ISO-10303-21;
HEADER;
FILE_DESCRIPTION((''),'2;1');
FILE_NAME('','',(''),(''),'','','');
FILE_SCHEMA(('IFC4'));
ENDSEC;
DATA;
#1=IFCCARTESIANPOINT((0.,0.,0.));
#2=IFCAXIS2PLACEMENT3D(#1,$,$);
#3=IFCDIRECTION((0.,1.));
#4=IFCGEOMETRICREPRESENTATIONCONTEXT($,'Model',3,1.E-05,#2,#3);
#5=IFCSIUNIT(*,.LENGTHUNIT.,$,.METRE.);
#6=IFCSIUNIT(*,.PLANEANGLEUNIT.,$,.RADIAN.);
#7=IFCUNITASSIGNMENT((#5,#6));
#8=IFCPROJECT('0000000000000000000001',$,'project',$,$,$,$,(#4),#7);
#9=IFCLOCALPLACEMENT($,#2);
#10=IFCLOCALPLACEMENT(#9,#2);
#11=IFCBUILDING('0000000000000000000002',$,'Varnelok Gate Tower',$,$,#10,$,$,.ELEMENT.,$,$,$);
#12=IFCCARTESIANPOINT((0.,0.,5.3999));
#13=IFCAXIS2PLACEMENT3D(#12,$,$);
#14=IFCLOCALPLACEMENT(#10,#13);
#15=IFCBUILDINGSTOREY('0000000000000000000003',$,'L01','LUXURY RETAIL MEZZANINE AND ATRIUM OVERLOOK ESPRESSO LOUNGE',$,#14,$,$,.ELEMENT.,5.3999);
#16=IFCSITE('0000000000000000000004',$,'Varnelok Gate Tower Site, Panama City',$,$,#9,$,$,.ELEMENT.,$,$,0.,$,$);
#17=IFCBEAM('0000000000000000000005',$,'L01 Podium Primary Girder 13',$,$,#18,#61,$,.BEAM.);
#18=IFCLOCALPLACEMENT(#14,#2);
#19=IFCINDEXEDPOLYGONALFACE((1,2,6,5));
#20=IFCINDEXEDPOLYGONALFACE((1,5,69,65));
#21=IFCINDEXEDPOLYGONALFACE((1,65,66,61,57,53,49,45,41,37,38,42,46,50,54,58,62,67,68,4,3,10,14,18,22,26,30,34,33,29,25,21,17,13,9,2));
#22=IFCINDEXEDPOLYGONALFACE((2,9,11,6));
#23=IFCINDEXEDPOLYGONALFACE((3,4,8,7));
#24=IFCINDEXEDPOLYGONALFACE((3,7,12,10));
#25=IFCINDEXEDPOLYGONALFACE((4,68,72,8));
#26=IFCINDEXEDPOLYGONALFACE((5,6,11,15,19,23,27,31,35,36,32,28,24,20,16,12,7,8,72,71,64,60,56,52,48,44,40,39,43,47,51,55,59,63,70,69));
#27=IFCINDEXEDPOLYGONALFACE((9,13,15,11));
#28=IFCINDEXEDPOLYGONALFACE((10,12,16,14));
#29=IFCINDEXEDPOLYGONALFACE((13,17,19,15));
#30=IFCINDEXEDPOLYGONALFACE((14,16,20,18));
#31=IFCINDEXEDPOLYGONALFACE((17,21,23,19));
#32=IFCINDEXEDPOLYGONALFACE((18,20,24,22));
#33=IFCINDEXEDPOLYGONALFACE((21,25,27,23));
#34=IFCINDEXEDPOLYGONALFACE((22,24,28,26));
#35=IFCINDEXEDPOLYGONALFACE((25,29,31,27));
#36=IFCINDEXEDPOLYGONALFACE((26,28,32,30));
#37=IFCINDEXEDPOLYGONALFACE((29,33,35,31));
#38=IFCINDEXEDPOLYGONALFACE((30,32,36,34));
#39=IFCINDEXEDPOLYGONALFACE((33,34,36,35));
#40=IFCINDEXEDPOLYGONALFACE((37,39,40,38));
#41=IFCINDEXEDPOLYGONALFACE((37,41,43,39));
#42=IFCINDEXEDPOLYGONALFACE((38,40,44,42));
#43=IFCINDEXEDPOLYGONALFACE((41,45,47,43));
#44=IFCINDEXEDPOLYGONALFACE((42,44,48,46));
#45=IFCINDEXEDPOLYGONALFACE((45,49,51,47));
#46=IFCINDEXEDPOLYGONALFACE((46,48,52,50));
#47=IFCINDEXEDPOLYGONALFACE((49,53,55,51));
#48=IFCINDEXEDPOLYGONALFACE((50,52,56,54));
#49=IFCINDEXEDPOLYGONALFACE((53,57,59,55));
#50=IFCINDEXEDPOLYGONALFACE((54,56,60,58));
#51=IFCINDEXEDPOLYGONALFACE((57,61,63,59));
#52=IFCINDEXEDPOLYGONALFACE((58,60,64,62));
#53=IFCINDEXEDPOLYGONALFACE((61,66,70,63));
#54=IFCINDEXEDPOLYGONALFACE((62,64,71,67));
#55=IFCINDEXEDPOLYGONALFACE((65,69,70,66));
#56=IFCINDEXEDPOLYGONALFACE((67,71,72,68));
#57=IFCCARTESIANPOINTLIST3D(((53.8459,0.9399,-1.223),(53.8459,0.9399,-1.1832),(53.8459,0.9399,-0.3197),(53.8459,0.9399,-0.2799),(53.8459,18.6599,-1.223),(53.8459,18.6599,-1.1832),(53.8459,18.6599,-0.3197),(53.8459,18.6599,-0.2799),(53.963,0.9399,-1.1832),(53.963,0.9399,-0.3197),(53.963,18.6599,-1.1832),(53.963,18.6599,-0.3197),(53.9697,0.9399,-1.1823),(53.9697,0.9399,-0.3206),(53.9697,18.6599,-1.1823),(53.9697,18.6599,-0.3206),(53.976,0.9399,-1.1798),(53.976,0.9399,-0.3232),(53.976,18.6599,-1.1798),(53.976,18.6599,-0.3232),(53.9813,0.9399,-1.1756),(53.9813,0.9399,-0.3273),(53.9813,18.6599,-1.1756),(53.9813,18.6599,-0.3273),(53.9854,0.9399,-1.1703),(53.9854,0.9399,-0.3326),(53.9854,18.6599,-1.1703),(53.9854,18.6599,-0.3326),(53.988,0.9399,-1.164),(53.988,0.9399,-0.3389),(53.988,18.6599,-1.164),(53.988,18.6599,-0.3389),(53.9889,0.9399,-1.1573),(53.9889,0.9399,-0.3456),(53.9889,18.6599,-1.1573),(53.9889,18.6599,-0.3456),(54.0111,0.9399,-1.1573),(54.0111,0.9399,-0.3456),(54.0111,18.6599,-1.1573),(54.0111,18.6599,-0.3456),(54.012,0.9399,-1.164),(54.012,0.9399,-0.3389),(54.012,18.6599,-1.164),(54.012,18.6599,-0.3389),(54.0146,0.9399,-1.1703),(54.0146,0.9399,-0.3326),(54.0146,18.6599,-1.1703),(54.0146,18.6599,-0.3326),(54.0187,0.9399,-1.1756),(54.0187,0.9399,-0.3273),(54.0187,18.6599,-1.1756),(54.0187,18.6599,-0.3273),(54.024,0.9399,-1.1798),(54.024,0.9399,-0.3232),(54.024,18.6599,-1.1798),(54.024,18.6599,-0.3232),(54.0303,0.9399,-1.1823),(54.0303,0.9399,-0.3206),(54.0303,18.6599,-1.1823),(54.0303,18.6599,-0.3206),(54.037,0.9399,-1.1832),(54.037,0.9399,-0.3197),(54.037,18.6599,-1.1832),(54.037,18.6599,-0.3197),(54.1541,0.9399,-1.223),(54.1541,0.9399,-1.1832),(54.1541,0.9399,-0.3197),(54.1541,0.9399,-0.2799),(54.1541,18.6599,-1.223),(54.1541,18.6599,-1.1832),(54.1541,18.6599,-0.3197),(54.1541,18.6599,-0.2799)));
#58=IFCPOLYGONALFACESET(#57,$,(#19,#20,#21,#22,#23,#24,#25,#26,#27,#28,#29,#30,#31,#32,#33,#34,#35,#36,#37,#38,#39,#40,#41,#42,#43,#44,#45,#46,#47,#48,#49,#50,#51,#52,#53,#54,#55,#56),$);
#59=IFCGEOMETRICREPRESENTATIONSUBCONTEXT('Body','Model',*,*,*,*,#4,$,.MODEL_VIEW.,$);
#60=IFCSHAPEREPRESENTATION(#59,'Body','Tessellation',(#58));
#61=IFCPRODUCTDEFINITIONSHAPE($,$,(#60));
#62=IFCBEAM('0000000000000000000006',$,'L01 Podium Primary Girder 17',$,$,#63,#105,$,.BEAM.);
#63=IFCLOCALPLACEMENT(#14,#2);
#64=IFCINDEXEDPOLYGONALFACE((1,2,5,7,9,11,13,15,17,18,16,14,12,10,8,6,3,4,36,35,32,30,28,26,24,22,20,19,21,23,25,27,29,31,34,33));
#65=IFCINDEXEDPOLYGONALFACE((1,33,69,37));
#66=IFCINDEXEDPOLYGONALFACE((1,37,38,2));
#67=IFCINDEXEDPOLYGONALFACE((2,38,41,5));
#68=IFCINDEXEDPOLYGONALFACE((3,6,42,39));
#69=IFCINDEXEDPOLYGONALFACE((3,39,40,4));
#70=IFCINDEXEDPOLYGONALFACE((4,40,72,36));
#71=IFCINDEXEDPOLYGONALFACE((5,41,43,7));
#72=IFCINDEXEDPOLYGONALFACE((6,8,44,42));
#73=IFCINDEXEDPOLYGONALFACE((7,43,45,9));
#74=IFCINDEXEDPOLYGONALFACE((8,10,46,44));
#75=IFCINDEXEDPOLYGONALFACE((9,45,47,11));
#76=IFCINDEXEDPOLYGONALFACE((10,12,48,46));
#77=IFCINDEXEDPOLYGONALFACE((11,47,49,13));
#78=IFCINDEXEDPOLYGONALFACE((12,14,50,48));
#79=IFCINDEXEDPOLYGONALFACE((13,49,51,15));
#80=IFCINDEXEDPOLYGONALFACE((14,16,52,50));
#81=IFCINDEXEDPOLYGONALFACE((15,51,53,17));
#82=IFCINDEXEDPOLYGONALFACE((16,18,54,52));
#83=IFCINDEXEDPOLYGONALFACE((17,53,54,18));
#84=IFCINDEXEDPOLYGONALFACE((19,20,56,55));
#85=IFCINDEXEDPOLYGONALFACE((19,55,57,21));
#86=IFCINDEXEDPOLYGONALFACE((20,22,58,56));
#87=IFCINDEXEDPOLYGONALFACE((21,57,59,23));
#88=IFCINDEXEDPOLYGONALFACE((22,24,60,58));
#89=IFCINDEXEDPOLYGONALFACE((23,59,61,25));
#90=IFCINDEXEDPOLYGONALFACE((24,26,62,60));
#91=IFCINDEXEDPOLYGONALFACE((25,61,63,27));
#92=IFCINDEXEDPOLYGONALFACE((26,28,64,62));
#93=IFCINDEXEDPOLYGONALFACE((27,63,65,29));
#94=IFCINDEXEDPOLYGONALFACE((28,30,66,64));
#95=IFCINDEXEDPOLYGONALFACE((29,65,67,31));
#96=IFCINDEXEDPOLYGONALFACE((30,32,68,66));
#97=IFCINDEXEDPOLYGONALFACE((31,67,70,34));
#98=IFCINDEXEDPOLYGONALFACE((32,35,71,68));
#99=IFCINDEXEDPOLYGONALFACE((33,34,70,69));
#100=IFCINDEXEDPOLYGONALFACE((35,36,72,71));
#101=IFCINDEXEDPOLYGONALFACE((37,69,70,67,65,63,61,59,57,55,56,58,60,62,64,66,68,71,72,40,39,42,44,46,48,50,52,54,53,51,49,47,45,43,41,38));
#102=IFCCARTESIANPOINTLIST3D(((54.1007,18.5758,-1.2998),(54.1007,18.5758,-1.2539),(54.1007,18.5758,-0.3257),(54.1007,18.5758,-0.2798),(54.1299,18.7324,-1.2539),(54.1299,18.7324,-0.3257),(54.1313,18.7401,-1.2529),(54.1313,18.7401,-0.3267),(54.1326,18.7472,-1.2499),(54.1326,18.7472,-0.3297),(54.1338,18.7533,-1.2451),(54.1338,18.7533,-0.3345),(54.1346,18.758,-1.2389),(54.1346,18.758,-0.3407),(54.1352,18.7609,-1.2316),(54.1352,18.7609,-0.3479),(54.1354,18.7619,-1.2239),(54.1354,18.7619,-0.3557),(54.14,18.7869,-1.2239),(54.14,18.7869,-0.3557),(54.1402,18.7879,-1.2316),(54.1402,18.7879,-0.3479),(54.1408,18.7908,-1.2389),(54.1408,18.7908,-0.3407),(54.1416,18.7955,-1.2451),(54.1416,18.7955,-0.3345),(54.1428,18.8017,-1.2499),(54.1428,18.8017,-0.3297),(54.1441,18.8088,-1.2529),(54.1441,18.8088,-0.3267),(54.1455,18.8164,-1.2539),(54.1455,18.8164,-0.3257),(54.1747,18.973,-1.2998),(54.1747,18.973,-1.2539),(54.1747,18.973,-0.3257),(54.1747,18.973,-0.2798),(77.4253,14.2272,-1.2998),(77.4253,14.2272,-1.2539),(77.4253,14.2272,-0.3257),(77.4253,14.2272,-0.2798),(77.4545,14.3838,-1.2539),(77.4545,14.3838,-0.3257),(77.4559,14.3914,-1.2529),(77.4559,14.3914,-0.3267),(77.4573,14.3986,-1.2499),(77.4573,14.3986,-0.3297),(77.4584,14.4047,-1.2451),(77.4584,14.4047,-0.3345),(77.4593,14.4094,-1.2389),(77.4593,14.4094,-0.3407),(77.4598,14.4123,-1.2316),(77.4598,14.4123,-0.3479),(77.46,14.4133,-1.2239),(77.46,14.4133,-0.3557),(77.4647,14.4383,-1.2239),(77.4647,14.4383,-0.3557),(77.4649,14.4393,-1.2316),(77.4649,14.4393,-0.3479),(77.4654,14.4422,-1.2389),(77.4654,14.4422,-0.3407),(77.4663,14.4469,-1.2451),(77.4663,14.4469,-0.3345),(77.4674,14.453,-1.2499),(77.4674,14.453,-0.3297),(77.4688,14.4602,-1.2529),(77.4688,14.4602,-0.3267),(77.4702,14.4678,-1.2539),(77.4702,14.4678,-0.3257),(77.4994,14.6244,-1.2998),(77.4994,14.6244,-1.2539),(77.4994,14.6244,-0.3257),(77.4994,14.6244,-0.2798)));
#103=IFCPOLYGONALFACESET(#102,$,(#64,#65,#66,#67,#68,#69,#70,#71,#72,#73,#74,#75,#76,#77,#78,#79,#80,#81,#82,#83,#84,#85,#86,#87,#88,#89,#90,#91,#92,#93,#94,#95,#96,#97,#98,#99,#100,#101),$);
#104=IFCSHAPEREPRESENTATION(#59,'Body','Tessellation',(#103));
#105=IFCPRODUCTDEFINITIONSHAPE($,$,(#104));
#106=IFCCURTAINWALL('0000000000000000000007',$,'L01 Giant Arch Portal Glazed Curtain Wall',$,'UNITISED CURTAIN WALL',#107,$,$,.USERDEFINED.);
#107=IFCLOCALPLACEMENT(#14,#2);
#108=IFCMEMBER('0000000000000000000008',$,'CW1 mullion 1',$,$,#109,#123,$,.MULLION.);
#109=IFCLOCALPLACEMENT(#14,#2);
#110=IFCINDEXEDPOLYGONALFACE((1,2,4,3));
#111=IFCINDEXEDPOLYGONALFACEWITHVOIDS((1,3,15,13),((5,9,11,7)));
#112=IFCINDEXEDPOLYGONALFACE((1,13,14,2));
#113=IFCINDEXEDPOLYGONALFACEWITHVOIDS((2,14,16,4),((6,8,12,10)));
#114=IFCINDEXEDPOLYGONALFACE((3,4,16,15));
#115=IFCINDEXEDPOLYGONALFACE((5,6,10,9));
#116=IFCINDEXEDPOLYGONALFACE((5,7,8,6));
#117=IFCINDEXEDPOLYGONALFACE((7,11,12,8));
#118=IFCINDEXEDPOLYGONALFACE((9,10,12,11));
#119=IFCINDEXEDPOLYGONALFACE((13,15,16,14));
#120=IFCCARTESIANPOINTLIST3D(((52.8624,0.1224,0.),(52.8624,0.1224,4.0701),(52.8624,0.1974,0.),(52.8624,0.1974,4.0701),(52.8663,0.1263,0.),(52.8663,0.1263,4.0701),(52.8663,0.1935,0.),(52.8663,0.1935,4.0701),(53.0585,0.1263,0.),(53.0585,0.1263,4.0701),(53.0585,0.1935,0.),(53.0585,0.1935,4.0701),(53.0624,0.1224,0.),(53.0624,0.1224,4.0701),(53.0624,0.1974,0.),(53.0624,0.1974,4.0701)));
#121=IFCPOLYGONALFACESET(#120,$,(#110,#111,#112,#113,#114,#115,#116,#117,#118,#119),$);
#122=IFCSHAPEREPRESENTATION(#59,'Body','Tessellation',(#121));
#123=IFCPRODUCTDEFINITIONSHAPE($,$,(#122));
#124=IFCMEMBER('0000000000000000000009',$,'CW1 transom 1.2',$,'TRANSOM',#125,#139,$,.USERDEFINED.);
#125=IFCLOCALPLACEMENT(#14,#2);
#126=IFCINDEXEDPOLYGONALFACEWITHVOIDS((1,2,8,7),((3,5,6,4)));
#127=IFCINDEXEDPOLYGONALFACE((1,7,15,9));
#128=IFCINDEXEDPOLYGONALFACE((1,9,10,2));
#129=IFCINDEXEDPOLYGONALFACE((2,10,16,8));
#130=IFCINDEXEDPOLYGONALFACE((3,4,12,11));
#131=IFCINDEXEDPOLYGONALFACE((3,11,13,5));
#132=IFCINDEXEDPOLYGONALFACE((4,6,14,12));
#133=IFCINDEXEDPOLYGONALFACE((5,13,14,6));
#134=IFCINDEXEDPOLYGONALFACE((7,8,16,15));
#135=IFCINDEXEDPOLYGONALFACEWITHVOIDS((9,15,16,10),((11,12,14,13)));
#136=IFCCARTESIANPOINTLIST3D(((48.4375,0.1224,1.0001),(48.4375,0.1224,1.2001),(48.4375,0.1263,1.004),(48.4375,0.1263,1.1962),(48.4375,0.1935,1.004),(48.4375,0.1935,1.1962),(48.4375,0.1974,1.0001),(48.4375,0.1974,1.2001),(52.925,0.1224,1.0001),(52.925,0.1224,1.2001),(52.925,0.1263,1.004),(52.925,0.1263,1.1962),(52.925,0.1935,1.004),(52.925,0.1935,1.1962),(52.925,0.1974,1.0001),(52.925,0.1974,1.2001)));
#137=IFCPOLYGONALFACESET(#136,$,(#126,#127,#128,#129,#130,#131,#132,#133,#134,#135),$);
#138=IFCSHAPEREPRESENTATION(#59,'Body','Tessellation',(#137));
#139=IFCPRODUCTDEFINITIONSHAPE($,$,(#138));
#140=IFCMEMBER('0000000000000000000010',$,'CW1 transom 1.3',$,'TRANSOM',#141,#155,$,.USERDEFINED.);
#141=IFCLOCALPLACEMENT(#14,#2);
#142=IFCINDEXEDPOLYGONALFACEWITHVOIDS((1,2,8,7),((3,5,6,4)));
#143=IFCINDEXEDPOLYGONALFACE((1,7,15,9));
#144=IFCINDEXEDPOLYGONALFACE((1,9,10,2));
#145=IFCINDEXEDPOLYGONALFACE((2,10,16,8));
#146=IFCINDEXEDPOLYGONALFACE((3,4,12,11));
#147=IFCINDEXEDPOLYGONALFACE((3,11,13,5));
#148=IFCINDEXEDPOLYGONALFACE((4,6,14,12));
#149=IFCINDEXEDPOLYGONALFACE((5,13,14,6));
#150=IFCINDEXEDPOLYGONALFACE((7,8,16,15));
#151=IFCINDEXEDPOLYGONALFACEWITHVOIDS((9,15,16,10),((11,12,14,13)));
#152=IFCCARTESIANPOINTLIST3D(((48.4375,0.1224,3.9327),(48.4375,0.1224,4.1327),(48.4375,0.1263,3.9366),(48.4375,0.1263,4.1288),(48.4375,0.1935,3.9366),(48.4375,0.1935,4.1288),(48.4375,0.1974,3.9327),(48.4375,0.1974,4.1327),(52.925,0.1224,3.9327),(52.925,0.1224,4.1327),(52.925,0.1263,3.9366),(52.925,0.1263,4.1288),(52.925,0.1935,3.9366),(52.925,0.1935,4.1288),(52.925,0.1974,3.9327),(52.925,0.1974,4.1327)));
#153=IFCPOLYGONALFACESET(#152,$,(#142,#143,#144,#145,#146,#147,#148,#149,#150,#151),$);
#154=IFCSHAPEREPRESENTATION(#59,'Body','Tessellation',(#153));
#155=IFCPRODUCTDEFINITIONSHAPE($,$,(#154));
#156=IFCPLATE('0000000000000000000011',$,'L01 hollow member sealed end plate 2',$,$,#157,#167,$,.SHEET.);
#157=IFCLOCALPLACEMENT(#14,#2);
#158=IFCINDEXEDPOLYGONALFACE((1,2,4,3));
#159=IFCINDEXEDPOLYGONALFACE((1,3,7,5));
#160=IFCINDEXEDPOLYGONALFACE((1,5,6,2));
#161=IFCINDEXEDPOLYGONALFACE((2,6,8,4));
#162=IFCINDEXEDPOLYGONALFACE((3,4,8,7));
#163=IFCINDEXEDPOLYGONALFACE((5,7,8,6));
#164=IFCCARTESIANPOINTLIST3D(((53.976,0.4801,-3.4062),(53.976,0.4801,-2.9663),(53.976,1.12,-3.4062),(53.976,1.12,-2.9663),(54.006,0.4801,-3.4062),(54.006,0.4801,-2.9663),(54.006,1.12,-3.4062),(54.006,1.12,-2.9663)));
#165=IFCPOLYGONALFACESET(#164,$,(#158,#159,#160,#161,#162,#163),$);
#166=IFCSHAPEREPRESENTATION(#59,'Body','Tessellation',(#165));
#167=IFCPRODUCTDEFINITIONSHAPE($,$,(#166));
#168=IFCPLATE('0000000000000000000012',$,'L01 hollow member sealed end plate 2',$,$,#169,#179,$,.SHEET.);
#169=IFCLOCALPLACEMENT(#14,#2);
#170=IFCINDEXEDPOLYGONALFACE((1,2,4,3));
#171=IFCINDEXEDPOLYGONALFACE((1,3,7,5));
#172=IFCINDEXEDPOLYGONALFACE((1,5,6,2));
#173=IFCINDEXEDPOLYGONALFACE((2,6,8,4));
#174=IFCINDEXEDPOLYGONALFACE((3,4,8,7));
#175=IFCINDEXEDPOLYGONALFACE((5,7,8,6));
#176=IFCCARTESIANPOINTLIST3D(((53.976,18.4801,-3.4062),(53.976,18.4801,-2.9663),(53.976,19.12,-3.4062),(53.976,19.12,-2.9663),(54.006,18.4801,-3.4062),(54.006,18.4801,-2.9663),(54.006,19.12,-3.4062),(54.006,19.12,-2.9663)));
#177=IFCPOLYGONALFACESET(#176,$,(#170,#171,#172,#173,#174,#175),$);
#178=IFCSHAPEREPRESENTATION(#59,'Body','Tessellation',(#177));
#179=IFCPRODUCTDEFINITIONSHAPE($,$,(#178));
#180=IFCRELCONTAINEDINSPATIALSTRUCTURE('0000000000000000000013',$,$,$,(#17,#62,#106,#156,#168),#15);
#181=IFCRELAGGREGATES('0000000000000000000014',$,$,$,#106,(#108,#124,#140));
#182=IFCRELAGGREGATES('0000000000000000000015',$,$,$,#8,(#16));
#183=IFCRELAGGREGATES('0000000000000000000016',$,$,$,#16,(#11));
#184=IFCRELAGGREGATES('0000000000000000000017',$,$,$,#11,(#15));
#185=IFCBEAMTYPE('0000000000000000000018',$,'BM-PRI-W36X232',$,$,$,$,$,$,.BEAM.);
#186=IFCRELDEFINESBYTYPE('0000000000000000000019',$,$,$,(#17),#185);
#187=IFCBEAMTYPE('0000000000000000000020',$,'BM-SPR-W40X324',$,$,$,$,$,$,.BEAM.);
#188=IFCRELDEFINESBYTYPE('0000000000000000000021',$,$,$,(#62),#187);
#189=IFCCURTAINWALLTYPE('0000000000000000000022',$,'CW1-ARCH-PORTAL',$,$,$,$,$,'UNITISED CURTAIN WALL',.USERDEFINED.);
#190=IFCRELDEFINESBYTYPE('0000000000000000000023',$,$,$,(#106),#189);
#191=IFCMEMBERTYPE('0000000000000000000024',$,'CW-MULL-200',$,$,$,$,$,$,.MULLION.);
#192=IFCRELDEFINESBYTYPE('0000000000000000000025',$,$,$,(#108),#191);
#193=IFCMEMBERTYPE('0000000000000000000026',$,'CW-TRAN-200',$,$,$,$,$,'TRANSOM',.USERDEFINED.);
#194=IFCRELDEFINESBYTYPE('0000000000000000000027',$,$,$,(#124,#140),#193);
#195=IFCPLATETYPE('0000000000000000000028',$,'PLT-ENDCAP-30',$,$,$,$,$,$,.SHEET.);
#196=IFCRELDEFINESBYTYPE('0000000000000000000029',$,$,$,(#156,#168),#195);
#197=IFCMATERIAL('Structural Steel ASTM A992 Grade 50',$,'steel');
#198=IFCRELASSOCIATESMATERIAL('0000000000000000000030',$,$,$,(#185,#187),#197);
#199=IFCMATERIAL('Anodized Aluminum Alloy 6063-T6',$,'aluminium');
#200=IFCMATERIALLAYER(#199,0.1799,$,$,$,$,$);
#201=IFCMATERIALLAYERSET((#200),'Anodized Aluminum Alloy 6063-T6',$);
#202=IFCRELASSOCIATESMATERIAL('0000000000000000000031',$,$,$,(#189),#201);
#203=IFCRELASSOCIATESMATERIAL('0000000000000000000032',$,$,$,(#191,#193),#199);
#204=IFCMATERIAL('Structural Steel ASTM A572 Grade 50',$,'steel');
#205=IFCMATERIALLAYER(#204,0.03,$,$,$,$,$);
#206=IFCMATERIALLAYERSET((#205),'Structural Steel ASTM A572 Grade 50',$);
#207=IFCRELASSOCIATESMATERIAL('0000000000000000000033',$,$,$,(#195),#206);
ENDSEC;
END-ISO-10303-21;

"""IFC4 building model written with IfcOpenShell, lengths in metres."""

from ifc_helpers import new_model, si_unit, direction, frame, origin, origin_2d, place, context, subcontext, project, spatial, rectangle, hollow_rectangle, i_section, extrude, source, transform, mapped, material, layer, layer_set, material_profile, profile_set, type_object, element, aggregate, save


model = new_model("IFC4")

# Units and contexts
model_context = context("Model", 3, precision=1e-05, world=origin(), true_north=direction((0.0, 1.0)))
body_context = subcontext(model_context, "Body", "Model", "MODEL_VIEW")
ifc_project = project(units=[si_unit("LENGTHUNIT", "METRE"), si_unit("PLANEANGLEUNIT", "RADIAN")], contexts=[model_context])

# Site, building, storey
site_placement = place(None, origin())
site = spatial("IfcSite", under=ifc_project, at=site_placement, Name="Varnelok Gate Tower Site, Panama City", CompositionType="ELEMENT", RefElevation=0.0)
building_placement = place(site_placement, origin())
building = spatial("IfcBuilding", under=site, at=building_placement, Name="Varnelok Gate Tower", CompositionType="ELEMENT")
storey_placement = place(building_placement, frame((0.0, 0.0, 5.3999)))
storey = spatial("IfcBuildingStorey", under=building, at=storey_placement, Name="L01", Description="LUXURY RETAIL MEZZANINE AND ATRIUM OVERLOOK ESPRESSO LOUNGE", CompositionType="ELEMENT", Elevation=5.3999)

# Beams
ifc_material_1 = material(Name="Structural Steel ASTM A992 Grade 50", Category="steel")
ifc_material_profile_1 = material_profile(ifc_material_1, i_section(OverallWidth=0.3081, OverallDepth=0.9431, WebThickness=0.0222, FlangeThickness=0.0398, FilletRadius=0.0259, at=origin_2d()), Name="W36X232")
ifc_profile_set_1 = profile_set([ifc_material_profile_1], Name="Structural Steel ASTM A992 Grade 50")
beam_type_1 = type_object("IfcBeamType", Name="BM-PRI-W36X232", PredefinedType="BEAM", material=ifc_profile_set_1)
beam_1_placement = place(storey_placement, frame((54.0, 0.9399, -0.7515), z_axis=(0.0, 1.0, 0.0), x_axis=(-1.0, 0.0, 0.0)))
element("IfcBeam", 1, at=beam_1_placement, inside=storey, type_object=beam_type_1, Name="L01 Podium Primary Girder 13", PredefinedType="BEAM", context=body_context, shape_type="SweptSolid", body=[
    extrude(i_section(OverallWidth=0.3081, OverallDepth=0.9431, WebThickness=0.0222, FlangeThickness=0.0398, FilletRadius=0.0259, at=origin_2d()), origin(), (0.0, 0.0, 1.0), 17.72),
])
ifc_material_profile_2 = material_profile(ifc_material_1, i_section(OverallWidth=0.4041, OverallDepth=1.02, WebThickness=0.0254, FlangeThickness=0.0459, FilletRadius=0.03, at=origin_2d()), Name="W40X324")
ifc_profile_set_2 = profile_set([ifc_material_profile_2], Name="Structural Steel ASTM A992 Grade 50")
beam_type_2 = type_object("IfcBeamType", Name="BM-SPR-W40X324", PredefinedType="BEAM", material=ifc_profile_set_2)
beam_2_placement = place(storey_placement, frame((54.1377, 18.7744, -0.7898), z_axis=(0.983061, -0.183281, 0.0), x_axis=(0.183281, 0.983061, 0.0)))
element("IfcBeam", 2, at=beam_2_placement, inside=storey, type_object=beam_type_2, Name="L01 Podium Primary Girder 17", PredefinedType="BEAM", context=body_context, shape_type="SweptSolid", body=[
    extrude(i_section(OverallWidth=0.4041, OverallDepth=1.02, WebThickness=0.0254, FlangeThickness=0.0459, FilletRadius=0.03, at=origin_2d()), origin(), (0.0, 0.0, 1.0), 23.7266),
])

# Curtain wall, members
ifc_material_2 = material(Name="Anodized Aluminum Alloy 6063-T6", Category="aluminium")
ifc_layer_1 = layer(ifc_material_2, 0.1799)
ifc_layer_set_1 = layer_set([ifc_layer_1], Name="Anodized Aluminum Alloy 6063-T6")
curtain_wall_type = type_object("IfcCurtainWallType", Name="CW1-ARCH-PORTAL", ElementType="UNITISED CURTAIN WALL", PredefinedType="USERDEFINED", material=ifc_layer_set_1)
curtain_wall_placement = place(storey_placement, origin())
curtain_wall = element("IfcCurtainWall", 3, at=curtain_wall_placement, inside=storey, type_object=curtain_wall_type, Name="L01 Giant Arch Portal Glazed Curtain Wall", ObjectType="UNITISED CURTAIN WALL", PredefinedType="USERDEFINED")
ifc_material_profile_3 = material_profile(ifc_material_2, hollow_rectangle(XDim=0.075, YDim=0.2, WallThickness=0.0039, at=origin_2d()), Name="ALU200X75X4")
ifc_profile_set_3 = profile_set([ifc_material_profile_3], Name="Anodized Aluminum Alloy 6063-T6")
member_type_1 = type_object("IfcMemberType", Name="CW-MULL-200", PredefinedType="MULLION", material=ifc_profile_set_3)
member_1_placement = place(storey_placement, frame((52.9624, 0.1599, 0.0), z_axis=(0.0, 0.0, 1.0), x_axis=(0.0, -1.0, 0.0)))
member_1 = element("IfcMember", 4, at=member_1_placement, type_object=member_type_1, Name="CW1 mullion 1", PredefinedType="MULLION", context=body_context, shape_type="SweptSolid", body=[
    extrude(hollow_rectangle(XDim=0.075, YDim=0.2, WallThickness=0.0039, at=origin_2d()), origin(), (0.0, 0.0, 1.0), 4.0701),
])
ifc_material_profile_4 = material_profile(ifc_material_2, hollow_rectangle(XDim=0.075, YDim=0.2, WallThickness=0.0039, at=origin_2d()), Name="ALU200X75X4")
ifc_profile_set_4 = profile_set([ifc_material_profile_4], Name="Anodized Aluminum Alloy 6063-T6")
member_type_2 = type_object("IfcMemberType", Name="CW-TRAN-200", ElementType="TRANSOM", PredefinedType="USERDEFINED", material=ifc_profile_set_4)
member_2_placement = place(storey_placement, frame((52.925, 0.1599, 1.1001), z_axis=(-1.0, 0.0, 0.0), x_axis=(0.0, -1.0, 0.0)))
member_2 = element("IfcMember", 5, at=member_2_placement, type_object=member_type_2, Name="CW1 transom 1.2", ObjectType="TRANSOM", PredefinedType="USERDEFINED", context=body_context, shape_type="SweptSolid", body=[
    extrude(hollow_rectangle(XDim=0.075, YDim=0.2, WallThickness=0.0039, at=origin_2d()), origin(), (0.0, 0.0, 1.0), 4.4875),
])
member_3_placement = place(storey_placement, frame((52.925, 0.1599, 4.0327), z_axis=(-1.0, 0.0, 0.0), x_axis=(0.0, -1.0, 0.0)))
member_3 = element("IfcMember", 6, at=member_3_placement, type_object=member_type_2, Name="CW1 transom 1.3", ObjectType="TRANSOM", PredefinedType="USERDEFINED", context=body_context, shape_type="SweptSolid", body=[
    extrude(hollow_rectangle(XDim=0.075, YDim=0.2, WallThickness=0.0039, at=origin_2d()), origin(), (0.0, 0.0, 1.0), 4.4875),
])
aggregate(curtain_wall, [member_1, member_2, member_3])

# Plates
ifc_material_3 = material(Name="Structural Steel ASTM A572 Grade 50", Category="steel")
ifc_layer_2 = layer(ifc_material_3, 0.03)
ifc_layer_set_2 = layer_set([ifc_layer_2], Name="Structural Steel ASTM A572 Grade 50")
plate_type = type_object("IfcPlateType", Name="PLT-ENDCAP-30", PredefinedType="SHEET", material=ifc_layer_set_2)
shared_shape_1 = source(origin(), body_context, "Body", "SweptSolid", [
    extrude(rectangle(XDim=0.03, YDim=0.6399, at=origin_2d()), origin(), (0.0, 0.0, 1.0), 0.4399),
])
for number, where, z_axis, x_axis, name in (
    (7, (53.991, 0.8, -3.4062), (0.0, 0.0, 1.0), (1.0, 0.0, 0.0), "L01 hollow member sealed end plate 2"),
    (8, (53.991, 18.8, -3.4062), (0.0, 0.0, 1.0), (1.0, 0.0, 0.0), "L01 hollow member sealed end plate 2"),
):
    element("IfcPlate", number, at=place(storey_placement, frame(where, z_axis=z_axis, x_axis=x_axis)), inside=storey, type_object=plate_type, Name=name, PredefinedType="SHEET", context=body_context, shape_type="MappedRepresentation", body=[
        mapped(shared_shape_1, transform((0.0, 0.0, 0.0), scale=1.0)),
    ])

save(model, "model.ifc")
